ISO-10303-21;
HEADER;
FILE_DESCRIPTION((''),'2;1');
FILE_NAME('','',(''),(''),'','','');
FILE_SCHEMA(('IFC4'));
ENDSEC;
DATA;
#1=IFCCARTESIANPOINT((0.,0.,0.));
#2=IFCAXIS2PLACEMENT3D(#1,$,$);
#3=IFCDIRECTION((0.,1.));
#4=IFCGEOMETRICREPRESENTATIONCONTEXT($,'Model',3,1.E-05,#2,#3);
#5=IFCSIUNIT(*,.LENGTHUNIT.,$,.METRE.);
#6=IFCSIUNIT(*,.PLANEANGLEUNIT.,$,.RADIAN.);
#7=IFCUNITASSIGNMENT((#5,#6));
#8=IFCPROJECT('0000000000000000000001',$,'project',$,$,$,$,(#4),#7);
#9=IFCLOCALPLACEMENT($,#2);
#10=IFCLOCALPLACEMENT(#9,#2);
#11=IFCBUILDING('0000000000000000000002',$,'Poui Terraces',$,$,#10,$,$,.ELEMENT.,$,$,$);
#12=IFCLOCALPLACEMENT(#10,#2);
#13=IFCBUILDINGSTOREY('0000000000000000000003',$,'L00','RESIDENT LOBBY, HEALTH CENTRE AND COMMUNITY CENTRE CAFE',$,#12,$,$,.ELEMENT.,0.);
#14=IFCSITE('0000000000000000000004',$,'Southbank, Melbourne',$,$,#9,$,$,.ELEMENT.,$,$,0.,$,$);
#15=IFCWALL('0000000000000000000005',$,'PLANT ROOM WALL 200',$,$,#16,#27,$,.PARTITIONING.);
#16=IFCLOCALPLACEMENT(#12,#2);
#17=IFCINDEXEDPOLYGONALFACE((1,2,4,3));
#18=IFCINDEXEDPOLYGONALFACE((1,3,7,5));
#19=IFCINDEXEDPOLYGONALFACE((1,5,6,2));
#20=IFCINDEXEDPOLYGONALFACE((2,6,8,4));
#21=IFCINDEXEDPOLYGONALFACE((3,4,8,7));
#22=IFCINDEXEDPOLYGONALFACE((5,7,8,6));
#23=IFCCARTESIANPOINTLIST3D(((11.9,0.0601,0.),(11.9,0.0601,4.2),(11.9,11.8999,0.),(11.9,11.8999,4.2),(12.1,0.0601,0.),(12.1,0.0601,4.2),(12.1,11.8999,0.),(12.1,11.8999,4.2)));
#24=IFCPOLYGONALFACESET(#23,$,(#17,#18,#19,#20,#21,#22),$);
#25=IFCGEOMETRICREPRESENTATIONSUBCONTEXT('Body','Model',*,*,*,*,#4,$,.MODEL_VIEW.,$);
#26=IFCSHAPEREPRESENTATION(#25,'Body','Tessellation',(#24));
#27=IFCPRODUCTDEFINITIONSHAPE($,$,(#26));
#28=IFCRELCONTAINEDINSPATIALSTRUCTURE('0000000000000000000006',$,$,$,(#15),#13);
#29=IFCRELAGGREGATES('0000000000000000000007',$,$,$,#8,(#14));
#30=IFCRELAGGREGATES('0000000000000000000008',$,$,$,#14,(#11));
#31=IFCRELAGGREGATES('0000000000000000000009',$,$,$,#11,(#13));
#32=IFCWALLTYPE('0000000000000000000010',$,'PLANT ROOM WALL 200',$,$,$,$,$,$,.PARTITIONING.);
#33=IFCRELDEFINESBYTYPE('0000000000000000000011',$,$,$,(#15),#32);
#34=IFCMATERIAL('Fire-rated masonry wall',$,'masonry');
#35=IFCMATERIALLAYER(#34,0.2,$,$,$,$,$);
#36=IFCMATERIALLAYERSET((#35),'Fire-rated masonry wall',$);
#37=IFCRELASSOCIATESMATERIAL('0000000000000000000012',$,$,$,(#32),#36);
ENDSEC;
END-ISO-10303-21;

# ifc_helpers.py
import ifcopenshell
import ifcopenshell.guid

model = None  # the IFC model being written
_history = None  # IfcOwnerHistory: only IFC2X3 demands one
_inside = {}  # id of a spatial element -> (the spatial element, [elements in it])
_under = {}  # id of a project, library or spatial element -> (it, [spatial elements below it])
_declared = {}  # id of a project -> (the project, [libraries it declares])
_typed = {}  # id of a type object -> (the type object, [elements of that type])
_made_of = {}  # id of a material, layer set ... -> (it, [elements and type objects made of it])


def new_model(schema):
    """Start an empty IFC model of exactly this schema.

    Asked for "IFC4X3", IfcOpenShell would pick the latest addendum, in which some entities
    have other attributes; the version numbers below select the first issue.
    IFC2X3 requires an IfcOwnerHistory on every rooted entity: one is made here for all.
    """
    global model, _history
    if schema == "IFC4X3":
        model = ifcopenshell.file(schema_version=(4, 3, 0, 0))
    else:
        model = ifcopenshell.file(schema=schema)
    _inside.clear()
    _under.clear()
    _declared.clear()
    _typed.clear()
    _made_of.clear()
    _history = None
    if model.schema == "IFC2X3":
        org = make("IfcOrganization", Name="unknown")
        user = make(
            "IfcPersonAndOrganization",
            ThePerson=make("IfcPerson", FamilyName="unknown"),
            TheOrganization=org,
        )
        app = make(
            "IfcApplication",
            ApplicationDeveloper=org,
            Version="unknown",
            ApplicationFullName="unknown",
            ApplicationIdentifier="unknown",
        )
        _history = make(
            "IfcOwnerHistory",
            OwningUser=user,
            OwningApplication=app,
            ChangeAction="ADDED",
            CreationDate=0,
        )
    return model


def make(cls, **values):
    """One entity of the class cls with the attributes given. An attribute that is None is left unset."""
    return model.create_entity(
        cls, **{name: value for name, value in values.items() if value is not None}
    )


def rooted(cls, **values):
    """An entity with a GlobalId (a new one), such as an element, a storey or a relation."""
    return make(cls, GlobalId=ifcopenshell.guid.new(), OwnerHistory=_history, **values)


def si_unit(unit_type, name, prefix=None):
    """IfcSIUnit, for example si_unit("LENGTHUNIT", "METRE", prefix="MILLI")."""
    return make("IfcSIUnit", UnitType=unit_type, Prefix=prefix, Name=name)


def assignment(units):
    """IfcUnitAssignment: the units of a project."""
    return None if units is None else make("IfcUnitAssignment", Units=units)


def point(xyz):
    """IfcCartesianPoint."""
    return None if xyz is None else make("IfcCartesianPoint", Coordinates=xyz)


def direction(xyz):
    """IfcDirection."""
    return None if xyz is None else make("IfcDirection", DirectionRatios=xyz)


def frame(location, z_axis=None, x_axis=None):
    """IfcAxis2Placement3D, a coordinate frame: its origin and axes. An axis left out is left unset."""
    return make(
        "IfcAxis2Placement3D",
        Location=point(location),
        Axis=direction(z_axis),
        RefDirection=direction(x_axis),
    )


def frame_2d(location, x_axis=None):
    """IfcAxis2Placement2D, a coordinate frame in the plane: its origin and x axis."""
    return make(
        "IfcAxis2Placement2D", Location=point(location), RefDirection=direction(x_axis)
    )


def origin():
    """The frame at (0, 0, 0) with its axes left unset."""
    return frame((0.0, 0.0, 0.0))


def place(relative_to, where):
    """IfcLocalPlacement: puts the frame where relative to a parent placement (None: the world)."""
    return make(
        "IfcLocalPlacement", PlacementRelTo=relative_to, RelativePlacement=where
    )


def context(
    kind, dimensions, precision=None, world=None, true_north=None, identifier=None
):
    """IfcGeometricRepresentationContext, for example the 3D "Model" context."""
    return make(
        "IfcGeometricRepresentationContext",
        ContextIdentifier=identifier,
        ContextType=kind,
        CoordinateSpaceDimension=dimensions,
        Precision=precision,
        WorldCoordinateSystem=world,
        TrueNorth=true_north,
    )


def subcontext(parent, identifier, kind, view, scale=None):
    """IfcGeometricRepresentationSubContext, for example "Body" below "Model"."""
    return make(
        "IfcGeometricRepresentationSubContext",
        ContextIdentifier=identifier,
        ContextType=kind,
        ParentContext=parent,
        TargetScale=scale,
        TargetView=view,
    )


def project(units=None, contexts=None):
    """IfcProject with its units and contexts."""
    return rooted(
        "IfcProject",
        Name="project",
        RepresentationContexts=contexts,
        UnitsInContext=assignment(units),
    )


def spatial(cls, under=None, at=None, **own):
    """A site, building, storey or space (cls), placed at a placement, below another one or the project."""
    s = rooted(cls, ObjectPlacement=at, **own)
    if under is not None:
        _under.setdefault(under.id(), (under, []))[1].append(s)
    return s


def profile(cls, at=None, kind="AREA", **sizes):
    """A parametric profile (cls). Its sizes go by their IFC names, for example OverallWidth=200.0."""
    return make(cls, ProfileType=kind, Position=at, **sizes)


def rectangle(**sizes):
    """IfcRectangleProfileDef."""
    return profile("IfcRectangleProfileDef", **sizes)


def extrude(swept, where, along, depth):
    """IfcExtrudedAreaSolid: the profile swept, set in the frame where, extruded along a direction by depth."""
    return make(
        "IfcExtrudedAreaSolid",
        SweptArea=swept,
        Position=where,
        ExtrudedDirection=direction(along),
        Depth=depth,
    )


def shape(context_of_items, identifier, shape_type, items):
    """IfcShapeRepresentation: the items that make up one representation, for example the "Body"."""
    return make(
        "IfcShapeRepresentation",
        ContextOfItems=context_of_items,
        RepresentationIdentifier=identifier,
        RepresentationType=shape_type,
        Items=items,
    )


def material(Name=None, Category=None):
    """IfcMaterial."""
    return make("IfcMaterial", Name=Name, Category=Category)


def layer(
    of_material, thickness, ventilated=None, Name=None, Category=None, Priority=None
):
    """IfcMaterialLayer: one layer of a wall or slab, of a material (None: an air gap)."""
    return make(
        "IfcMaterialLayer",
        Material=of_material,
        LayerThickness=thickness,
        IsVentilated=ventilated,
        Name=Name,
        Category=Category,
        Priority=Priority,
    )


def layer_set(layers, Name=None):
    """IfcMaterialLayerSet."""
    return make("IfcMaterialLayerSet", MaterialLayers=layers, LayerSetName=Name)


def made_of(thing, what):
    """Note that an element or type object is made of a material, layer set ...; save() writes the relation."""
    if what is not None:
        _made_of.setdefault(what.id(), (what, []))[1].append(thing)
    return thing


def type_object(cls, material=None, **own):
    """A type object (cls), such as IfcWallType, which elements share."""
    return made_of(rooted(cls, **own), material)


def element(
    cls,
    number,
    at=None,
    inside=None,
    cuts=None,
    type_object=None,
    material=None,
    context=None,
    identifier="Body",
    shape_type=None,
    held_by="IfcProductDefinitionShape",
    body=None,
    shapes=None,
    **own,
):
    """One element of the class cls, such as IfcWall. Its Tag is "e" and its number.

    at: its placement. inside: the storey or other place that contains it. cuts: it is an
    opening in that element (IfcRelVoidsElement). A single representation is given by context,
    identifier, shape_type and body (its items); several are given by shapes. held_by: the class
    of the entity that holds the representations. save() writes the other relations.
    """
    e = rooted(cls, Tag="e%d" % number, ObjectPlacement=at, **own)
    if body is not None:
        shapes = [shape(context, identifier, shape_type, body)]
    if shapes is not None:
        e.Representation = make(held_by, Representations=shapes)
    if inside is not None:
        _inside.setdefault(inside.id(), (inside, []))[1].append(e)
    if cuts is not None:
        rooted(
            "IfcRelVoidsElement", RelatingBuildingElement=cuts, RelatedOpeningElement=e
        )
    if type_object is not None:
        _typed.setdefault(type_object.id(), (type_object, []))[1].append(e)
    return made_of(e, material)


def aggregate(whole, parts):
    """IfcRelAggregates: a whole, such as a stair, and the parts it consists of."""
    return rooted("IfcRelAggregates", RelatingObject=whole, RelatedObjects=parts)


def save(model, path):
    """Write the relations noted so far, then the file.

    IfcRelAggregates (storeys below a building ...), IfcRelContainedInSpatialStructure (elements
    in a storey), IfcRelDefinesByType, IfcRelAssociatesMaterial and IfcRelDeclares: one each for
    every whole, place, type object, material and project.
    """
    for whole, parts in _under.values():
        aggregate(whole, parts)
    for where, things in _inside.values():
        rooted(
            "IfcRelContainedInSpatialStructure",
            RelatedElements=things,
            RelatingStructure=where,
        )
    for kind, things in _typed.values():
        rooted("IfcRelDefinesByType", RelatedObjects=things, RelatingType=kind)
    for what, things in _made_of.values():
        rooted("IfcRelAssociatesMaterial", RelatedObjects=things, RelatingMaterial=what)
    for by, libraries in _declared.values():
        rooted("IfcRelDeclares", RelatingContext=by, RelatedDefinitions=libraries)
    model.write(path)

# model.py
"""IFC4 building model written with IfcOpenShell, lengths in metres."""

from ifc_helpers import new_model, si_unit, direction, frame, frame_2d, origin, place, context, subcontext, project, spatial, rectangle, extrude, material, layer, layer_set, type_object, element, save


model = new_model("IFC4")

# Units and contexts
model_context = context("Model", 3, precision=1e-05, world=origin(), true_north=direction((0.0, 1.0)))
body_context = subcontext(model_context, "Body", "Model", "MODEL_VIEW")
ifc_project = project(units=[si_unit("LENGTHUNIT", "METRE"), si_unit("PLANEANGLEUNIT", "RADIAN")], contexts=[model_context])

# Site, building, storey
site_placement = place(None, origin())
site = spatial("IfcSite", under=ifc_project, at=site_placement, Name="Southbank, Melbourne", CompositionType="ELEMENT", RefElevation=0.0)
building_placement = place(site_placement, origin())
building = spatial("IfcBuilding", under=site, at=building_placement, Name="Poui Terraces", CompositionType="ELEMENT")
storey_placement = place(building_placement, origin())
storey = spatial("IfcBuildingStorey", under=building, at=storey_placement, Name="L00", Description="RESIDENT LOBBY, HEALTH CENTRE AND COMMUNITY CENTRE CAFE", CompositionType="ELEMENT", Elevation=0.0)

# Wall
ifc_material_1 = material(Name="Fire-rated masonry wall", Category="masonry")
ifc_layer_1 = layer(ifc_material_1, 0.2)
ifc_layer_set_1 = layer_set([ifc_layer_1], Name="Fire-rated masonry wall")
wall_type_1 = type_object("IfcWallType", Name="PLANT ROOM WALL 200", PredefinedType="PARTITIONING", material=ifc_layer_set_1)
wall_1_placement = place(storey_placement, frame((12.0, 0.0601, 0.0), z_axis=(0.0, 0.0, 1.0), x_axis=(0.0, 1.0, 0.0)))
element("IfcWall", 1, at=wall_1_placement, inside=storey, type_object=wall_type_1, Name="PLANT ROOM WALL 200", PredefinedType="PARTITIONING", context=body_context, shape_type="SweptSolid", body=[
    extrude(rectangle(XDim=11.8398, YDim=0.2, at=frame_2d((5.9199, 0.0))), origin(), (0.0, 0.0, 1.0), 4.2),
])

save(model, "model.ifc")
